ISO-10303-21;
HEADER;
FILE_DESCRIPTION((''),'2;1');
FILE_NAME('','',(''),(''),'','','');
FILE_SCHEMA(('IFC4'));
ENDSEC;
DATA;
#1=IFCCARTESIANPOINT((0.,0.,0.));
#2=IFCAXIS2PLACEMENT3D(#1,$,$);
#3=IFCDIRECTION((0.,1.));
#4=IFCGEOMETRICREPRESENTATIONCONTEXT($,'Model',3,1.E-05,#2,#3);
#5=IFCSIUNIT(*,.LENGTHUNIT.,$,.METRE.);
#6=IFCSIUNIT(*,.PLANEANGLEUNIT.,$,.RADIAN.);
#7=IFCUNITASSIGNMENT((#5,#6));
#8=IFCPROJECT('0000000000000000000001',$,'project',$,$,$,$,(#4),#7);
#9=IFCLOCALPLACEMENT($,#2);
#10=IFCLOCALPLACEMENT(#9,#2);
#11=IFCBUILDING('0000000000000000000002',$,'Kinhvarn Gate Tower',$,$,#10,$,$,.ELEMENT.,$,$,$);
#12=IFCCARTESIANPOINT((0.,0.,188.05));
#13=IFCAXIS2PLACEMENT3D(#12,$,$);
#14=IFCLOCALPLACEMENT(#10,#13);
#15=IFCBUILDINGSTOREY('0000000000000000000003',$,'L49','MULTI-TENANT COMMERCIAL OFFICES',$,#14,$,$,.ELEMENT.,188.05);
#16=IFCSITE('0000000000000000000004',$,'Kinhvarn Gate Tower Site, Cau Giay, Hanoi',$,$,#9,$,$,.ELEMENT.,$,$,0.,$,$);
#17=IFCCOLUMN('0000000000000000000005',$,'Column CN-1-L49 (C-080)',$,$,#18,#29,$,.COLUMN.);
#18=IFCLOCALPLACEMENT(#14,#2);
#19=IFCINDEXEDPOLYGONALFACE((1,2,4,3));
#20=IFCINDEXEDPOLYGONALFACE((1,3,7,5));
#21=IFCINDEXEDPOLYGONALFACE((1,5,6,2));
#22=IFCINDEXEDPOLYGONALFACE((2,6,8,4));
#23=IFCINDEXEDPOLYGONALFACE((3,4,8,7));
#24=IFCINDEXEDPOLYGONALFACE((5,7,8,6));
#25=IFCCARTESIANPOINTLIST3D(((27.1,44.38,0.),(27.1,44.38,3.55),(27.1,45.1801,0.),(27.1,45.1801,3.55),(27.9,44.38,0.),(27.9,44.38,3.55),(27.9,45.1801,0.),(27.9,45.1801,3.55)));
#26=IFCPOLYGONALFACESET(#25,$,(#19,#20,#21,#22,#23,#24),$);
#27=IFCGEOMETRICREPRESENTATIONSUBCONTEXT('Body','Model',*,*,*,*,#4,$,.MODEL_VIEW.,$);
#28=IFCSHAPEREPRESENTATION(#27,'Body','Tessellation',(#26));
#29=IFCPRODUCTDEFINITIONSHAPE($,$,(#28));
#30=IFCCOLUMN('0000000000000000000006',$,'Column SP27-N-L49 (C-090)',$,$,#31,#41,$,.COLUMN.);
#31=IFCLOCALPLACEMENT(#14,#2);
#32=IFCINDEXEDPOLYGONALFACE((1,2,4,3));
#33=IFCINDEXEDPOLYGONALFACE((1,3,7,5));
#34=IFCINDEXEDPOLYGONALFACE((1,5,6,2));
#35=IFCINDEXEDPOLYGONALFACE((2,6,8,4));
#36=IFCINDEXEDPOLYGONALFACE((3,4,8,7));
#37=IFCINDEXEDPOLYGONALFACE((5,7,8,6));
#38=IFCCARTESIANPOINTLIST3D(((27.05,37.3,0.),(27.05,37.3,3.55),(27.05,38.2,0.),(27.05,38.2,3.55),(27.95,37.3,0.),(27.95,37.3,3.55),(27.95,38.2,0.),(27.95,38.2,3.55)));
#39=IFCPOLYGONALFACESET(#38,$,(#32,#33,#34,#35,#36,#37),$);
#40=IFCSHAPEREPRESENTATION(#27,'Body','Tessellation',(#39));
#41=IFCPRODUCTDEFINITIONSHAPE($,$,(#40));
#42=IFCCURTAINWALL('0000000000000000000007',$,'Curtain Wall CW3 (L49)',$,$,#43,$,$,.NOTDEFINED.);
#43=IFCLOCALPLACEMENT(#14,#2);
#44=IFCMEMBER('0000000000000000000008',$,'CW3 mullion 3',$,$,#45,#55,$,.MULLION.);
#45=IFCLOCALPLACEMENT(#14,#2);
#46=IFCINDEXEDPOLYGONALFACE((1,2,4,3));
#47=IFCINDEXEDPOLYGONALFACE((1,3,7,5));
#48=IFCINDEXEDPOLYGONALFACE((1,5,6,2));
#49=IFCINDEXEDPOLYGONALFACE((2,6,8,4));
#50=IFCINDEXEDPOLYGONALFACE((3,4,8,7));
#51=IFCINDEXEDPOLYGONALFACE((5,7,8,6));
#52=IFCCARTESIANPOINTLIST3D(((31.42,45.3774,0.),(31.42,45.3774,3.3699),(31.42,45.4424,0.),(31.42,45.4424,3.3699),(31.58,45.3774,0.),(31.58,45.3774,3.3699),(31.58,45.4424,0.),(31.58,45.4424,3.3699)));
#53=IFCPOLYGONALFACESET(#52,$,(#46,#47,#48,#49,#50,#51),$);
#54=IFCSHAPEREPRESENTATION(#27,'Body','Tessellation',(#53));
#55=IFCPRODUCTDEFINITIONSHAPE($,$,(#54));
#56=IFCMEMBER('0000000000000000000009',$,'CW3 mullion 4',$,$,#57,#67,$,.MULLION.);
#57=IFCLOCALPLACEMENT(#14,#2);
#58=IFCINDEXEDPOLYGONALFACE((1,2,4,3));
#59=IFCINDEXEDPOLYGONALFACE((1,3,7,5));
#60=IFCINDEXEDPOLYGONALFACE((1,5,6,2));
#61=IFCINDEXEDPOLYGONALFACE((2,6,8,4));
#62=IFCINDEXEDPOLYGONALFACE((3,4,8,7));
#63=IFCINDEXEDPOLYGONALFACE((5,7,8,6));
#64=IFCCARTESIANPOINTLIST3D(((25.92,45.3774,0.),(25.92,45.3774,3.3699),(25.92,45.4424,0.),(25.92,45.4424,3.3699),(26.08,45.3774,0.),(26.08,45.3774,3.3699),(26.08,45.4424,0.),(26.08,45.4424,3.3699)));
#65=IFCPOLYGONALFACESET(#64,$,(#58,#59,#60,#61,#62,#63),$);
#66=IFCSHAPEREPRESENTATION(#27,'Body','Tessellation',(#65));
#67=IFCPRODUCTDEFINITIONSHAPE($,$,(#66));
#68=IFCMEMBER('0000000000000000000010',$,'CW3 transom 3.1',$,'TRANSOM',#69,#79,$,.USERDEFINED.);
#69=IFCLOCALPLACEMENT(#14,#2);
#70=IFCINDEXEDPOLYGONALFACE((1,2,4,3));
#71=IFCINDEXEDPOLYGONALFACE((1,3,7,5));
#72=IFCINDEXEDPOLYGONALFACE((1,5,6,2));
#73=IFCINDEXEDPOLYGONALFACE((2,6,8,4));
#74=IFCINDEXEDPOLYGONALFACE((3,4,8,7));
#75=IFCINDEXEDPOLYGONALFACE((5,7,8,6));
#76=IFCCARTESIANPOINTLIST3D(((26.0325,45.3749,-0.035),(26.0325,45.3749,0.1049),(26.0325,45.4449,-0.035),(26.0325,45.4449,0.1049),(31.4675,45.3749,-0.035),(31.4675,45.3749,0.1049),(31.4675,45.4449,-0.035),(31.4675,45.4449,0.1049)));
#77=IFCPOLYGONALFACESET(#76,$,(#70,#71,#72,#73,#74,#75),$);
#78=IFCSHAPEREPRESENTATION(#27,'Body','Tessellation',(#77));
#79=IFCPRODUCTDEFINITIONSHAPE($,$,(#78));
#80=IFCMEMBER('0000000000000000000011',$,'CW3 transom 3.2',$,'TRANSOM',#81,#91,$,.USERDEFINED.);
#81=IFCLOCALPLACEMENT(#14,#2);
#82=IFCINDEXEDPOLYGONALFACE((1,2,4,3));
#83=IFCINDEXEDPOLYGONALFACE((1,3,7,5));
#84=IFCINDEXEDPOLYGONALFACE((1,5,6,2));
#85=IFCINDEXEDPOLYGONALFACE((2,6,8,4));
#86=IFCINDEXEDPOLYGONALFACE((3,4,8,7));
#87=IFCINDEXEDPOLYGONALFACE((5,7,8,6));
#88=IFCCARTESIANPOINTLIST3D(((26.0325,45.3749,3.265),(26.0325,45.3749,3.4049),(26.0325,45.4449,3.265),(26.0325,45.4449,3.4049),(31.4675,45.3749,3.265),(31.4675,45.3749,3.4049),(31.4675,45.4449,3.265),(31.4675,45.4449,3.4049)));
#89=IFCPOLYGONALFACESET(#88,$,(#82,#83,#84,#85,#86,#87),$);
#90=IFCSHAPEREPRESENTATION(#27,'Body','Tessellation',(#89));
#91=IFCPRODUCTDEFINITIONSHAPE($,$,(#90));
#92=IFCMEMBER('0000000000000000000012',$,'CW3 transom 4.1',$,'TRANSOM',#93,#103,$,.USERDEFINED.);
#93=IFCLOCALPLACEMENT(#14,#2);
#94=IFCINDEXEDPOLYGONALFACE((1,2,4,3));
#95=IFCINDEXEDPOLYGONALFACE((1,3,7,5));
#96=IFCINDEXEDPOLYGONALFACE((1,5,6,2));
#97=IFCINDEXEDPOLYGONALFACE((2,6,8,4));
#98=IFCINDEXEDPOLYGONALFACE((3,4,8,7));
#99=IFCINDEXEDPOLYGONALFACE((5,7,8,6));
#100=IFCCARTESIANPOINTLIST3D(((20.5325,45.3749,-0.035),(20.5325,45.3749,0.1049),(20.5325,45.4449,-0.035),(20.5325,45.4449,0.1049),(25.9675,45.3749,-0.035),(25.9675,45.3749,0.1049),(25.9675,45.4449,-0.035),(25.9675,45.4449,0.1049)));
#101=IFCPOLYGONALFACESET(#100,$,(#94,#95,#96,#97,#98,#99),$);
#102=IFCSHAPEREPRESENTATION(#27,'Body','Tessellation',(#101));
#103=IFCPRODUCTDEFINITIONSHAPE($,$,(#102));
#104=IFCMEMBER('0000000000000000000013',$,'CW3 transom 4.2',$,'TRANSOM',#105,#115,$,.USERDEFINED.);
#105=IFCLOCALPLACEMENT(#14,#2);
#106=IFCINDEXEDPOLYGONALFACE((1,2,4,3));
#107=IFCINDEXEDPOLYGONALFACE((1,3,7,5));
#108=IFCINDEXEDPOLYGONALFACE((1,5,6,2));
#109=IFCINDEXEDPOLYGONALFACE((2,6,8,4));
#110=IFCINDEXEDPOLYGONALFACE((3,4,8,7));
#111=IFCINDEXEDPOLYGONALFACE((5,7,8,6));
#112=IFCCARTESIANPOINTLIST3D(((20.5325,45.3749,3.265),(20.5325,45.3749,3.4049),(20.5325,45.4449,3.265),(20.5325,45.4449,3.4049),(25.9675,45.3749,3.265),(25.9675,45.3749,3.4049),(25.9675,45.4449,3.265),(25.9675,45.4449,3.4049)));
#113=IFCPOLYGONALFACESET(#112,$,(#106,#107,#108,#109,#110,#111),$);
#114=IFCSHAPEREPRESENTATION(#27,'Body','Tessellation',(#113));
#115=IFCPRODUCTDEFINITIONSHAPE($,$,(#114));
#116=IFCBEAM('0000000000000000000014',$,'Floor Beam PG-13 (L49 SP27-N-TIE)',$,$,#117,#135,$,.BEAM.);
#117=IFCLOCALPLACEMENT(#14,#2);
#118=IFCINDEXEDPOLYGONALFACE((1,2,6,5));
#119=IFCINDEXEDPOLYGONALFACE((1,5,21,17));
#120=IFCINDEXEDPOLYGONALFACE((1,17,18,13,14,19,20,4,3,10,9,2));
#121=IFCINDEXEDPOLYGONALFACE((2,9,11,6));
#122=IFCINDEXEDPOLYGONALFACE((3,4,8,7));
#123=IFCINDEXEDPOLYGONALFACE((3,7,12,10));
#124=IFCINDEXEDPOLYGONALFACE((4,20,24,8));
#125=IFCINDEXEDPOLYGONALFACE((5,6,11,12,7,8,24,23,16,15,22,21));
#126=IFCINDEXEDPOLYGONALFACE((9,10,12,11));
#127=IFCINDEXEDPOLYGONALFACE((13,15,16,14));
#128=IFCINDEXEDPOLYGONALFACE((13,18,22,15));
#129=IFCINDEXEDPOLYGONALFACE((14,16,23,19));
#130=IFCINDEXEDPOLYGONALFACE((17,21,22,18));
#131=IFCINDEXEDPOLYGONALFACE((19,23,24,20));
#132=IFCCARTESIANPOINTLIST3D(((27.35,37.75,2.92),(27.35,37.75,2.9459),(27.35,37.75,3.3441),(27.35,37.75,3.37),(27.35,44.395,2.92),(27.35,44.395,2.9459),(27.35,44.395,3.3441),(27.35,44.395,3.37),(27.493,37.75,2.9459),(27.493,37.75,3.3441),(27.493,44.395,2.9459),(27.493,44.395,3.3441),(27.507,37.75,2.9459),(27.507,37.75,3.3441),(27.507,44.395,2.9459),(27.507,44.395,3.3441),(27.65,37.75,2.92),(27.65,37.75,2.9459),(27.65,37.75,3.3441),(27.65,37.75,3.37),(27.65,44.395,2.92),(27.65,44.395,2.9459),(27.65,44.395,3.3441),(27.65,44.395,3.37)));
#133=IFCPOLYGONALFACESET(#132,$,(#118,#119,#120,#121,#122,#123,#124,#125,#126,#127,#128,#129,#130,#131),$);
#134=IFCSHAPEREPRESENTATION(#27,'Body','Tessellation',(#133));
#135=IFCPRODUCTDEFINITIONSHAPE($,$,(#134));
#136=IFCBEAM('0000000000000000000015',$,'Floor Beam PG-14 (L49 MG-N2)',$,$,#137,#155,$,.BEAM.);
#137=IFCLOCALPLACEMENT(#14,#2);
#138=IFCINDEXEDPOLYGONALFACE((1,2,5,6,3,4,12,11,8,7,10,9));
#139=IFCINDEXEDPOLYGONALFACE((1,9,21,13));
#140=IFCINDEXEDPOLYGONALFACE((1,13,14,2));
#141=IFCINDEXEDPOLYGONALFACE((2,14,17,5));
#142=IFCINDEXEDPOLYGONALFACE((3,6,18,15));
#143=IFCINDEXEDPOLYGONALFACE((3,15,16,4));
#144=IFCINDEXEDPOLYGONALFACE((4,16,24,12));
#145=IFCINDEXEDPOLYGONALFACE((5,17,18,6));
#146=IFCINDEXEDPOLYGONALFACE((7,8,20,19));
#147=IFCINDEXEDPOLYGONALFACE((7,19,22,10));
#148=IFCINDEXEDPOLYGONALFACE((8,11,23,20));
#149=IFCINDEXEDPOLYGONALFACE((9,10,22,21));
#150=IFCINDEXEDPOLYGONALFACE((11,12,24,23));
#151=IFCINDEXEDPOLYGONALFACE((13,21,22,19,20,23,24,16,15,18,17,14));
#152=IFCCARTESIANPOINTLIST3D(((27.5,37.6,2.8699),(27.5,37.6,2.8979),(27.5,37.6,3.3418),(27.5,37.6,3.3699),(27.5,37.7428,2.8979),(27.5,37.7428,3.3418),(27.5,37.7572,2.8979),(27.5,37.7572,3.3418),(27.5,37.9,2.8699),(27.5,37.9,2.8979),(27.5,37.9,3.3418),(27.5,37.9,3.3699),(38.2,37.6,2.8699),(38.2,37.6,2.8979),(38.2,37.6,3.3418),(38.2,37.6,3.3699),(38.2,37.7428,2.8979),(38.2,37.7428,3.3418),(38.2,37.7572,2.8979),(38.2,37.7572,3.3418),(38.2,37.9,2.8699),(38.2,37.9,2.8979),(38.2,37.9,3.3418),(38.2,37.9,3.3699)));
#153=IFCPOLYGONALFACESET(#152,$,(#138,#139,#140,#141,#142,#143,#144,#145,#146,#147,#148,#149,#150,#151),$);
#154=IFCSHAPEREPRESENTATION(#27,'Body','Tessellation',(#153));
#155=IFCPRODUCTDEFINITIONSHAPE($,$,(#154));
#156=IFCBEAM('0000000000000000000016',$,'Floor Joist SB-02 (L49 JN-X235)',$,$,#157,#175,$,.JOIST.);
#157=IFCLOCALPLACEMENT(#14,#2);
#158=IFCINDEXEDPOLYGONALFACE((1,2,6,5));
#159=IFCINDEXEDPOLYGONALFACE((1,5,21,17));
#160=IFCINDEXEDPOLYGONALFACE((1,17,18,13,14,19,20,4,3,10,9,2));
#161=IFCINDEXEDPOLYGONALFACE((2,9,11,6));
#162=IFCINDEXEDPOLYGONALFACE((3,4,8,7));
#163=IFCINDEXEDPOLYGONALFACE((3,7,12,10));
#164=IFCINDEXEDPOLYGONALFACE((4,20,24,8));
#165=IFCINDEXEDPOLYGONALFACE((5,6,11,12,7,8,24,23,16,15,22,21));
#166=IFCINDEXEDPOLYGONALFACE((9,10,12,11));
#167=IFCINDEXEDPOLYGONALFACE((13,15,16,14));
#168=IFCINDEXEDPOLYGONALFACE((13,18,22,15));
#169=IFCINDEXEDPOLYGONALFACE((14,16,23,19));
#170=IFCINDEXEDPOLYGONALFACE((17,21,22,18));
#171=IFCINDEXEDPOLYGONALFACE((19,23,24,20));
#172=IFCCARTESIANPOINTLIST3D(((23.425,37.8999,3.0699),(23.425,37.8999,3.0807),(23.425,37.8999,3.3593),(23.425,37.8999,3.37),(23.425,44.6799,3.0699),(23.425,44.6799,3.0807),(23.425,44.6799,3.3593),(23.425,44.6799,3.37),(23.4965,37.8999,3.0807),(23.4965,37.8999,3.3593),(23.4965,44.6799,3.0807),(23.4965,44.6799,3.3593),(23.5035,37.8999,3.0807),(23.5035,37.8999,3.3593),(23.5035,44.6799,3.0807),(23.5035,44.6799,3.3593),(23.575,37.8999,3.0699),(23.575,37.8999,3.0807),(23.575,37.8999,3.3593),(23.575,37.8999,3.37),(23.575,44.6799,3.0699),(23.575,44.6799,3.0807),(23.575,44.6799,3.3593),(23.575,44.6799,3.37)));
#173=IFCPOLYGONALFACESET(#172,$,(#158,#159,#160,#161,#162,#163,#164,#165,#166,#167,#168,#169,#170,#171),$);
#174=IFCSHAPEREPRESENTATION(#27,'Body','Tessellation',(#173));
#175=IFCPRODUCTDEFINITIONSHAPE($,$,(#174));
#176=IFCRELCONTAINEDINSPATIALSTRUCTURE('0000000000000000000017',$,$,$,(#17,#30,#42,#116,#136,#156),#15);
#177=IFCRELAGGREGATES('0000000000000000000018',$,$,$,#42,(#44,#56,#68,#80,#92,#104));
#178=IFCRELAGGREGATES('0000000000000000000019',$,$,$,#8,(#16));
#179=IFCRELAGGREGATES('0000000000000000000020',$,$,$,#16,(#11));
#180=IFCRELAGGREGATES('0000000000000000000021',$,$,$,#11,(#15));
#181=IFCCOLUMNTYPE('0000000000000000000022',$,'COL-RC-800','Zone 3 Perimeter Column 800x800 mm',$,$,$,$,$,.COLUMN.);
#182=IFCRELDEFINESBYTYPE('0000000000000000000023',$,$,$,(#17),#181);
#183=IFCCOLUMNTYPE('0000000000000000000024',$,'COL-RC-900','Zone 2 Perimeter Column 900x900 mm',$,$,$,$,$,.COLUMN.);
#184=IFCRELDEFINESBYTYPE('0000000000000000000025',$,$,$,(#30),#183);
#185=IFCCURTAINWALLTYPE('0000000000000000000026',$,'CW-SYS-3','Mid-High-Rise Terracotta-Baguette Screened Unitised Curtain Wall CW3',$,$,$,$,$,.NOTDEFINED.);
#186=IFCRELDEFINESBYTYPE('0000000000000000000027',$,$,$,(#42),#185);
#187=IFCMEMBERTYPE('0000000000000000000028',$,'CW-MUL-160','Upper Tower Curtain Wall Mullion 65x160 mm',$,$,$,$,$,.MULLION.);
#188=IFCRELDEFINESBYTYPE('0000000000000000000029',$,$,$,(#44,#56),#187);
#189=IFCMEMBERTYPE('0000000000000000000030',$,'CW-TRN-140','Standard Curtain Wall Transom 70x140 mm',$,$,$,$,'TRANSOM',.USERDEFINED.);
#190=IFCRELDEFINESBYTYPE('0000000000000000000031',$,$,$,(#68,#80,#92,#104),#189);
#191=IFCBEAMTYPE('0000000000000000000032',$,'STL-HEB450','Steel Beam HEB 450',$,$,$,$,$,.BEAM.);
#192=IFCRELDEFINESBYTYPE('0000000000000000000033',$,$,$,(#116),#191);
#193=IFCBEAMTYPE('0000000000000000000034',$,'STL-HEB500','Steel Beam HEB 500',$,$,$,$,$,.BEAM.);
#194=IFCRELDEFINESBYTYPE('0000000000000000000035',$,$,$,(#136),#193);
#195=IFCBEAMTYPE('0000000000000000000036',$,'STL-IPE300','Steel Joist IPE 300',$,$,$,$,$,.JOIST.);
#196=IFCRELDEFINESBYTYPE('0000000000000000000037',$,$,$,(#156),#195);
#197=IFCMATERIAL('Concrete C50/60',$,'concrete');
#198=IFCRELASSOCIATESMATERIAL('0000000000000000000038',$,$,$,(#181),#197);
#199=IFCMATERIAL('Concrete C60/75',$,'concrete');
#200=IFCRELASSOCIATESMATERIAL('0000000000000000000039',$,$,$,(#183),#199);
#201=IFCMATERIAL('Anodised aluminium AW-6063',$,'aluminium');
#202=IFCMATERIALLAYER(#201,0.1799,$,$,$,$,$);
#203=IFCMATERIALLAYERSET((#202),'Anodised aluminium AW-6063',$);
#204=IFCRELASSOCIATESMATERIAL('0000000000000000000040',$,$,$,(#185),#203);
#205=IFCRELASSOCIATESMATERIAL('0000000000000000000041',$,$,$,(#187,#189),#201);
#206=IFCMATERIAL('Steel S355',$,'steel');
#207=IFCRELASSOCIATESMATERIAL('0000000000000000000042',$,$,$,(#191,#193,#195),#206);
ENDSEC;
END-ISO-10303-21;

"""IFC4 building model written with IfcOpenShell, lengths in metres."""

from ifc_helpers import new_model, si_unit, direction, frame, origin, origin_2d, place, context, subcontext, project, spatial, rectangle, i_section, extrude, material, layer, layer_set, material_profile, profile_set, type_object, element, aggregate, save


model = new_model("IFC4")

# Units and contexts
model_context = context("Model", 3, precision=1e-05, world=origin(), true_north=direction((0.0, 1.0)))
body_context = subcontext(model_context, "Body", "Model", "MODEL_VIEW")
ifc_project = project(units=[si_unit("LENGTHUNIT", "METRE"), si_unit("PLANEANGLEUNIT", "RADIAN")], contexts=[model_context])

# Site, building, storey
site_placement = place(None, origin())
site = spatial("IfcSite", under=ifc_project, at=site_placement, Name="Kinhvarn Gate Tower Site, Cau Giay, Hanoi", CompositionType="ELEMENT", RefElevation=0.0)
building_placement = place(site_placement, origin())
building = spatial("IfcBuilding", under=site, at=building_placement, Name="Kinhvarn Gate Tower", CompositionType="ELEMENT")
storey_placement = place(building_placement, frame((0.0, 0.0, 188.05)))
storey = spatial("IfcBuildingStorey", under=building, at=storey_placement, Name="L49", Description="MULTI-TENANT COMMERCIAL OFFICES", CompositionType="ELEMENT", Elevation=188.05)

# Columns
ifc_material_1 = material(Name="Concrete C50/60", Category="concrete")
ifc_material_profile_1 = material_profile(ifc_material_1, rectangle(XDim=0.8, YDim=0.8, at=origin_2d()), Name="RC 800x800")
ifc_profile_set_1 = profile_set([ifc_material_profile_1], Name="Concrete C50/60")
column_type_1 = type_object("IfcColumnType", Name="COL-RC-800", Description="Zone 3 Perimeter Column 800x800 mm", PredefinedType="COLUMN", material=ifc_profile_set_1)
column_1_placement = place(storey_placement, frame((27.5, 44.78, 0.0), z_axis=(0.0, 0.0, 1.0), x_axis=(1.0, 0.0, 0.0)))
element("IfcColumn", 1, at=column_1_placement, inside=storey, type_object=column_type_1, Name="Column CN-1-L49 (C-080)", PredefinedType="COLUMN", context=body_context, shape_type="SweptSolid", body=[
    extrude(rectangle(XDim=0.8, YDim=0.8, at=origin_2d()), origin(), (0.0, 0.0, 1.0), 3.55),
])
ifc_material_2 = material(Name="Concrete C60/75", Category="concrete")
ifc_material_profile_2 = material_profile(ifc_material_2, rectangle(XDim=0.8999, YDim=0.8999, at=origin_2d()), Name="RC 900x900")
ifc_profile_set_2 = profile_set([ifc_material_profile_2], Name="Concrete C60/75")
column_type_2 = type_object("IfcColumnType", Name="COL-RC-900", Description="Zone 2 Perimeter Column 900x900 mm", PredefinedType="COLUMN", material=ifc_profile_set_2)
column_2_placement = place(storey_placement, frame((27.5, 37.75, 0.0), z_axis=(0.0, 0.0, 1.0), x_axis=(1.0, 0.0, 0.0)))
element("IfcColumn", 2, at=column_2_placement, inside=storey, type_object=column_type_2, Name="Column SP27-N-L49 (C-090)", PredefinedType="COLUMN", context=body_context, shape_type="SweptSolid", body=[
    extrude(rectangle(XDim=0.8999, YDim=0.8999, at=origin_2d()), origin(), (0.0, 0.0, 1.0), 3.55),
])

# Curtain wall, members
ifc_material_3 = material(Name="Anodised aluminium AW-6063", Category="aluminium")
ifc_layer_1 = layer(ifc_material_3, 0.1799)
ifc_layer_set_1 = layer_set([ifc_layer_1], Name="Anodised aluminium AW-6063")
curtain_wall_type = type_object("IfcCurtainWallType", Name="CW-SYS-3", Description="Mid-High-Rise Terracotta-Baguette Screened Unitised Curtain Wall CW3", PredefinedType="NOTDEFINED", material=ifc_layer_set_1)
curtain_wall_placement = place(storey_placement, origin())
curtain_wall = element("IfcCurtainWall", 3, at=curtain_wall_placement, inside=storey, type_object=curtain_wall_type, Name="Curtain Wall CW3 (L49)", PredefinedType="NOTDEFINED")
ifc_material_profile_3 = material_profile(ifc_material_3, rectangle(XDim=0.0649, YDim=0.1599, at=origin_2d()), Name="ALU 65x160")
ifc_profile_set_3 = profile_set([ifc_material_profile_3], Name="Anodised aluminium AW-6063")
member_type_1 = type_object("IfcMemberType", Name="CW-MUL-160", Description="Upper Tower Curtain Wall Mullion 65x160 mm", PredefinedType="MULLION", material=ifc_profile_set_3)
member_1_placement = place(storey_placement, frame((31.5, 45.4099, 0.0), z_axis=(0.0, 0.0, 1.0), x_axis=(0.0, -1.0, 0.0)))
member_1 = element("IfcMember", 4, at=member_1_placement, type_object=member_type_1, Name="CW3 mullion 3", PredefinedType="MULLION", context=body_context, shape_type="SweptSolid", body=[
    extrude(rectangle(XDim=0.0649, YDim=0.1599, at=origin_2d()), origin(), (0.0, 0.0, 1.0), 3.3699),
])
member_2_placement = place(storey_placement, frame((26.0, 45.4099, 0.0), z_axis=(0.0, 0.0, 1.0), x_axis=(0.0, -1.0, 0.0)))
member_2 = element("IfcMember", 5, at=member_2_placement, type_object=member_type_1, Name="CW3 mullion 4", PredefinedType="MULLION", context=body_context, shape_type="SweptSolid", body=[
    extrude(rectangle(XDim=0.0649, YDim=0.1599, at=origin_2d()), origin(), (0.0, 0.0, 1.0), 3.3699),
])
ifc_material_profile_4 = material_profile(ifc_material_3, rectangle(XDim=0.0701, YDim=0.1399, at=origin_2d()), Name="ALU 70x140")
ifc_profile_set_4 = profile_set([ifc_material_profile_4], Name="Anodised aluminium AW-6063")
member_type_2 = type_object("IfcMemberType", Name="CW-TRN-140", Description="Standard Curtain Wall Transom 70x140 mm", ElementType="TRANSOM", PredefinedType="USERDEFINED", material=ifc_profile_set_4)
member_3_placement = place(storey_placement, frame((31.4675, 45.4099, 0.0349), z_axis=(-1.0, 0.0, 0.0), x_axis=(0.0, -1.0, 0.0)))
member_3 = element("IfcMember", 6, at=member_3_placement, type_object=member_type_2, Name="CW3 transom 3.1", ObjectType="TRANSOM", PredefinedType="USERDEFINED", context=body_context, shape_type="SweptSolid", body=[
    extrude(rectangle(XDim=0.0701, YDim=0.1399, at=origin_2d()), origin(), (0.0, 0.0, 1.0), 5.4351),
])
member_4_placement = place(storey_placement, frame((31.4675, 45.4099, 3.335), z_axis=(-1.0, 0.0, 0.0), x_axis=(0.0, -1.0, 0.0)))
member_4 = element("IfcMember", 7, at=member_4_placement, type_object=member_type_2, Name="CW3 transom 3.2", ObjectType="TRANSOM", PredefinedType="USERDEFINED", context=body_context, shape_type="SweptSolid", body=[
    extrude(rectangle(XDim=0.0701, YDim=0.1399, at=origin_2d()), origin(), (0.0, 0.0, 1.0), 5.4351),
])
member_5_placement = place(storey_placement, frame((25.9675, 45.4099, 0.0349), z_axis=(-1.0, 0.0, 0.0), x_axis=(0.0, -1.0, 0.0)))
member_5 = element("IfcMember", 8, at=member_5_placement, type_object=member_type_2, Name="CW3 transom 4.1", ObjectType="TRANSOM", PredefinedType="USERDEFINED", context=body_context, shape_type="SweptSolid", body=[
    extrude(rectangle(XDim=0.0701, YDim=0.1399, at=origin_2d()), origin(), (0.0, 0.0, 1.0), 5.4351),
])
member_6_placement = place(storey_placement, frame((25.9675, 45.4099, 3.335), z_axis=(-1.0, 0.0, 0.0), x_axis=(0.0, -1.0, 0.0)))
member_6 = element("IfcMember", 9, at=member_6_placement, type_object=member_type_2, Name="CW3 transom 4.2", ObjectType="TRANSOM", PredefinedType="USERDEFINED", context=body_context, shape_type="SweptSolid", body=[
    extrude(rectangle(XDim=0.0701, YDim=0.1399, at=origin_2d()), origin(), (0.0, 0.0, 1.0), 5.4351),
])

# Beams
ifc_material_4 = material(Name="Steel S355", Category="steel")
ifc_material_profile_5 = material_profile(ifc_material_4, i_section(OverallWidth=0.3, OverallDepth=0.45, WebThickness=0.0139, FlangeThickness=0.0259, at=origin_2d()), Name="HEB 450")
ifc_profile_set_5 = profile_set([ifc_material_profile_5], Name="Steel S355")
beam_type_1 = type_object("IfcBeamType", Name="STL-HEB450", Description="Steel Beam HEB 450", PredefinedType="BEAM", material=ifc_profile_set_5)
beam_1_placement = place(storey_placement, frame((27.5, 37.75, 3.145), z_axis=(0.0, 1.0, 0.0), x_axis=(-1.0, 0.0, 0.0)))
element("IfcBeam", 10, at=beam_1_placement, inside=storey, type_object=beam_type_1, Name="Floor Beam PG-13 (L49 SP27-N-TIE)", PredefinedType="BEAM", context=body_context, shape_type="SweptSolid", body=[
    extrude(i_section(OverallWidth=0.3, OverallDepth=0.45, WebThickness=0.0139, FlangeThickness=0.0259, at=origin_2d()), origin(), (0.0, 0.0, 1.0), 6.645),
])
ifc_material_profile_6 = material_profile(ifc_material_4, i_section(OverallWidth=0.3, OverallDepth=0.5, WebThickness=0.0144, FlangeThickness=0.0281, at=origin_2d()), Name="HEB 500")
ifc_profile_set_6 = profile_set([ifc_material_profile_6], Name="Steel S355")
beam_type_2 = type_object("IfcBeamType", Name="STL-HEB500", Description="Steel Beam HEB 500", PredefinedType="BEAM", material=ifc_profile_set_6)
beam_2_placement = place(storey_placement, frame((27.5, 37.75, 3.1199), z_axis=(1.0, 0.0, 0.0), x_axis=(0.0, 1.0, 0.0)))
element("IfcBeam", 11, at=beam_2_placement, inside=storey, type_object=beam_type_2, Name="Floor Beam PG-14 (L49 MG-N2)", PredefinedType="BEAM", context=body_context, shape_type="SweptSolid", body=[
    extrude(i_section(OverallWidth=0.3, OverallDepth=0.5, WebThickness=0.0144, FlangeThickness=0.0281, at=origin_2d()), origin(), (0.0, 0.0, 1.0), 10.7),
])
ifc_material_profile_7 = material_profile(ifc_material_4, i_section(OverallWidth=0.1499, OverallDepth=0.3, WebThickness=0.0071, FlangeThickness=0.0107, at=origin_2d()), Name="IPE 300")
ifc_profile_set_7 = profile_set([ifc_material_profile_7], Name="Steel S355")
beam_type_3 = type_object("IfcBeamType", Name="STL-IPE300", Description="Steel Joist IPE 300", PredefinedType="JOIST", material=ifc_profile_set_7)
for number, where, z_axis, x_axis, name in (
    (12, (23.5, 37.8999, 3.22), (0.0, 1.0, 0.0), (-1.0, 0.0, 0.0), "Floor Joist SB-02 (L49 JN-X235)"),
):
    element("IfcBeam", number, at=place(storey_placement, frame(where, z_axis=z_axis, x_axis=x_axis)), inside=storey, type_object=beam_type_3, Name=name, PredefinedType="JOIST", context=body_context, shape_type="SweptSolid", body=[
        extrude(i_section(OverallWidth=0.1499, OverallDepth=0.3, WebThickness=0.0071, FlangeThickness=0.0107, at=origin_2d()), origin(), (0.0, 0.0, 1.0), 6.78),
    ])

aggregate(curtain_wall, [member_1, member_2, member_3, member_4, member_5, member_6])

save(model, "model.ifc")
